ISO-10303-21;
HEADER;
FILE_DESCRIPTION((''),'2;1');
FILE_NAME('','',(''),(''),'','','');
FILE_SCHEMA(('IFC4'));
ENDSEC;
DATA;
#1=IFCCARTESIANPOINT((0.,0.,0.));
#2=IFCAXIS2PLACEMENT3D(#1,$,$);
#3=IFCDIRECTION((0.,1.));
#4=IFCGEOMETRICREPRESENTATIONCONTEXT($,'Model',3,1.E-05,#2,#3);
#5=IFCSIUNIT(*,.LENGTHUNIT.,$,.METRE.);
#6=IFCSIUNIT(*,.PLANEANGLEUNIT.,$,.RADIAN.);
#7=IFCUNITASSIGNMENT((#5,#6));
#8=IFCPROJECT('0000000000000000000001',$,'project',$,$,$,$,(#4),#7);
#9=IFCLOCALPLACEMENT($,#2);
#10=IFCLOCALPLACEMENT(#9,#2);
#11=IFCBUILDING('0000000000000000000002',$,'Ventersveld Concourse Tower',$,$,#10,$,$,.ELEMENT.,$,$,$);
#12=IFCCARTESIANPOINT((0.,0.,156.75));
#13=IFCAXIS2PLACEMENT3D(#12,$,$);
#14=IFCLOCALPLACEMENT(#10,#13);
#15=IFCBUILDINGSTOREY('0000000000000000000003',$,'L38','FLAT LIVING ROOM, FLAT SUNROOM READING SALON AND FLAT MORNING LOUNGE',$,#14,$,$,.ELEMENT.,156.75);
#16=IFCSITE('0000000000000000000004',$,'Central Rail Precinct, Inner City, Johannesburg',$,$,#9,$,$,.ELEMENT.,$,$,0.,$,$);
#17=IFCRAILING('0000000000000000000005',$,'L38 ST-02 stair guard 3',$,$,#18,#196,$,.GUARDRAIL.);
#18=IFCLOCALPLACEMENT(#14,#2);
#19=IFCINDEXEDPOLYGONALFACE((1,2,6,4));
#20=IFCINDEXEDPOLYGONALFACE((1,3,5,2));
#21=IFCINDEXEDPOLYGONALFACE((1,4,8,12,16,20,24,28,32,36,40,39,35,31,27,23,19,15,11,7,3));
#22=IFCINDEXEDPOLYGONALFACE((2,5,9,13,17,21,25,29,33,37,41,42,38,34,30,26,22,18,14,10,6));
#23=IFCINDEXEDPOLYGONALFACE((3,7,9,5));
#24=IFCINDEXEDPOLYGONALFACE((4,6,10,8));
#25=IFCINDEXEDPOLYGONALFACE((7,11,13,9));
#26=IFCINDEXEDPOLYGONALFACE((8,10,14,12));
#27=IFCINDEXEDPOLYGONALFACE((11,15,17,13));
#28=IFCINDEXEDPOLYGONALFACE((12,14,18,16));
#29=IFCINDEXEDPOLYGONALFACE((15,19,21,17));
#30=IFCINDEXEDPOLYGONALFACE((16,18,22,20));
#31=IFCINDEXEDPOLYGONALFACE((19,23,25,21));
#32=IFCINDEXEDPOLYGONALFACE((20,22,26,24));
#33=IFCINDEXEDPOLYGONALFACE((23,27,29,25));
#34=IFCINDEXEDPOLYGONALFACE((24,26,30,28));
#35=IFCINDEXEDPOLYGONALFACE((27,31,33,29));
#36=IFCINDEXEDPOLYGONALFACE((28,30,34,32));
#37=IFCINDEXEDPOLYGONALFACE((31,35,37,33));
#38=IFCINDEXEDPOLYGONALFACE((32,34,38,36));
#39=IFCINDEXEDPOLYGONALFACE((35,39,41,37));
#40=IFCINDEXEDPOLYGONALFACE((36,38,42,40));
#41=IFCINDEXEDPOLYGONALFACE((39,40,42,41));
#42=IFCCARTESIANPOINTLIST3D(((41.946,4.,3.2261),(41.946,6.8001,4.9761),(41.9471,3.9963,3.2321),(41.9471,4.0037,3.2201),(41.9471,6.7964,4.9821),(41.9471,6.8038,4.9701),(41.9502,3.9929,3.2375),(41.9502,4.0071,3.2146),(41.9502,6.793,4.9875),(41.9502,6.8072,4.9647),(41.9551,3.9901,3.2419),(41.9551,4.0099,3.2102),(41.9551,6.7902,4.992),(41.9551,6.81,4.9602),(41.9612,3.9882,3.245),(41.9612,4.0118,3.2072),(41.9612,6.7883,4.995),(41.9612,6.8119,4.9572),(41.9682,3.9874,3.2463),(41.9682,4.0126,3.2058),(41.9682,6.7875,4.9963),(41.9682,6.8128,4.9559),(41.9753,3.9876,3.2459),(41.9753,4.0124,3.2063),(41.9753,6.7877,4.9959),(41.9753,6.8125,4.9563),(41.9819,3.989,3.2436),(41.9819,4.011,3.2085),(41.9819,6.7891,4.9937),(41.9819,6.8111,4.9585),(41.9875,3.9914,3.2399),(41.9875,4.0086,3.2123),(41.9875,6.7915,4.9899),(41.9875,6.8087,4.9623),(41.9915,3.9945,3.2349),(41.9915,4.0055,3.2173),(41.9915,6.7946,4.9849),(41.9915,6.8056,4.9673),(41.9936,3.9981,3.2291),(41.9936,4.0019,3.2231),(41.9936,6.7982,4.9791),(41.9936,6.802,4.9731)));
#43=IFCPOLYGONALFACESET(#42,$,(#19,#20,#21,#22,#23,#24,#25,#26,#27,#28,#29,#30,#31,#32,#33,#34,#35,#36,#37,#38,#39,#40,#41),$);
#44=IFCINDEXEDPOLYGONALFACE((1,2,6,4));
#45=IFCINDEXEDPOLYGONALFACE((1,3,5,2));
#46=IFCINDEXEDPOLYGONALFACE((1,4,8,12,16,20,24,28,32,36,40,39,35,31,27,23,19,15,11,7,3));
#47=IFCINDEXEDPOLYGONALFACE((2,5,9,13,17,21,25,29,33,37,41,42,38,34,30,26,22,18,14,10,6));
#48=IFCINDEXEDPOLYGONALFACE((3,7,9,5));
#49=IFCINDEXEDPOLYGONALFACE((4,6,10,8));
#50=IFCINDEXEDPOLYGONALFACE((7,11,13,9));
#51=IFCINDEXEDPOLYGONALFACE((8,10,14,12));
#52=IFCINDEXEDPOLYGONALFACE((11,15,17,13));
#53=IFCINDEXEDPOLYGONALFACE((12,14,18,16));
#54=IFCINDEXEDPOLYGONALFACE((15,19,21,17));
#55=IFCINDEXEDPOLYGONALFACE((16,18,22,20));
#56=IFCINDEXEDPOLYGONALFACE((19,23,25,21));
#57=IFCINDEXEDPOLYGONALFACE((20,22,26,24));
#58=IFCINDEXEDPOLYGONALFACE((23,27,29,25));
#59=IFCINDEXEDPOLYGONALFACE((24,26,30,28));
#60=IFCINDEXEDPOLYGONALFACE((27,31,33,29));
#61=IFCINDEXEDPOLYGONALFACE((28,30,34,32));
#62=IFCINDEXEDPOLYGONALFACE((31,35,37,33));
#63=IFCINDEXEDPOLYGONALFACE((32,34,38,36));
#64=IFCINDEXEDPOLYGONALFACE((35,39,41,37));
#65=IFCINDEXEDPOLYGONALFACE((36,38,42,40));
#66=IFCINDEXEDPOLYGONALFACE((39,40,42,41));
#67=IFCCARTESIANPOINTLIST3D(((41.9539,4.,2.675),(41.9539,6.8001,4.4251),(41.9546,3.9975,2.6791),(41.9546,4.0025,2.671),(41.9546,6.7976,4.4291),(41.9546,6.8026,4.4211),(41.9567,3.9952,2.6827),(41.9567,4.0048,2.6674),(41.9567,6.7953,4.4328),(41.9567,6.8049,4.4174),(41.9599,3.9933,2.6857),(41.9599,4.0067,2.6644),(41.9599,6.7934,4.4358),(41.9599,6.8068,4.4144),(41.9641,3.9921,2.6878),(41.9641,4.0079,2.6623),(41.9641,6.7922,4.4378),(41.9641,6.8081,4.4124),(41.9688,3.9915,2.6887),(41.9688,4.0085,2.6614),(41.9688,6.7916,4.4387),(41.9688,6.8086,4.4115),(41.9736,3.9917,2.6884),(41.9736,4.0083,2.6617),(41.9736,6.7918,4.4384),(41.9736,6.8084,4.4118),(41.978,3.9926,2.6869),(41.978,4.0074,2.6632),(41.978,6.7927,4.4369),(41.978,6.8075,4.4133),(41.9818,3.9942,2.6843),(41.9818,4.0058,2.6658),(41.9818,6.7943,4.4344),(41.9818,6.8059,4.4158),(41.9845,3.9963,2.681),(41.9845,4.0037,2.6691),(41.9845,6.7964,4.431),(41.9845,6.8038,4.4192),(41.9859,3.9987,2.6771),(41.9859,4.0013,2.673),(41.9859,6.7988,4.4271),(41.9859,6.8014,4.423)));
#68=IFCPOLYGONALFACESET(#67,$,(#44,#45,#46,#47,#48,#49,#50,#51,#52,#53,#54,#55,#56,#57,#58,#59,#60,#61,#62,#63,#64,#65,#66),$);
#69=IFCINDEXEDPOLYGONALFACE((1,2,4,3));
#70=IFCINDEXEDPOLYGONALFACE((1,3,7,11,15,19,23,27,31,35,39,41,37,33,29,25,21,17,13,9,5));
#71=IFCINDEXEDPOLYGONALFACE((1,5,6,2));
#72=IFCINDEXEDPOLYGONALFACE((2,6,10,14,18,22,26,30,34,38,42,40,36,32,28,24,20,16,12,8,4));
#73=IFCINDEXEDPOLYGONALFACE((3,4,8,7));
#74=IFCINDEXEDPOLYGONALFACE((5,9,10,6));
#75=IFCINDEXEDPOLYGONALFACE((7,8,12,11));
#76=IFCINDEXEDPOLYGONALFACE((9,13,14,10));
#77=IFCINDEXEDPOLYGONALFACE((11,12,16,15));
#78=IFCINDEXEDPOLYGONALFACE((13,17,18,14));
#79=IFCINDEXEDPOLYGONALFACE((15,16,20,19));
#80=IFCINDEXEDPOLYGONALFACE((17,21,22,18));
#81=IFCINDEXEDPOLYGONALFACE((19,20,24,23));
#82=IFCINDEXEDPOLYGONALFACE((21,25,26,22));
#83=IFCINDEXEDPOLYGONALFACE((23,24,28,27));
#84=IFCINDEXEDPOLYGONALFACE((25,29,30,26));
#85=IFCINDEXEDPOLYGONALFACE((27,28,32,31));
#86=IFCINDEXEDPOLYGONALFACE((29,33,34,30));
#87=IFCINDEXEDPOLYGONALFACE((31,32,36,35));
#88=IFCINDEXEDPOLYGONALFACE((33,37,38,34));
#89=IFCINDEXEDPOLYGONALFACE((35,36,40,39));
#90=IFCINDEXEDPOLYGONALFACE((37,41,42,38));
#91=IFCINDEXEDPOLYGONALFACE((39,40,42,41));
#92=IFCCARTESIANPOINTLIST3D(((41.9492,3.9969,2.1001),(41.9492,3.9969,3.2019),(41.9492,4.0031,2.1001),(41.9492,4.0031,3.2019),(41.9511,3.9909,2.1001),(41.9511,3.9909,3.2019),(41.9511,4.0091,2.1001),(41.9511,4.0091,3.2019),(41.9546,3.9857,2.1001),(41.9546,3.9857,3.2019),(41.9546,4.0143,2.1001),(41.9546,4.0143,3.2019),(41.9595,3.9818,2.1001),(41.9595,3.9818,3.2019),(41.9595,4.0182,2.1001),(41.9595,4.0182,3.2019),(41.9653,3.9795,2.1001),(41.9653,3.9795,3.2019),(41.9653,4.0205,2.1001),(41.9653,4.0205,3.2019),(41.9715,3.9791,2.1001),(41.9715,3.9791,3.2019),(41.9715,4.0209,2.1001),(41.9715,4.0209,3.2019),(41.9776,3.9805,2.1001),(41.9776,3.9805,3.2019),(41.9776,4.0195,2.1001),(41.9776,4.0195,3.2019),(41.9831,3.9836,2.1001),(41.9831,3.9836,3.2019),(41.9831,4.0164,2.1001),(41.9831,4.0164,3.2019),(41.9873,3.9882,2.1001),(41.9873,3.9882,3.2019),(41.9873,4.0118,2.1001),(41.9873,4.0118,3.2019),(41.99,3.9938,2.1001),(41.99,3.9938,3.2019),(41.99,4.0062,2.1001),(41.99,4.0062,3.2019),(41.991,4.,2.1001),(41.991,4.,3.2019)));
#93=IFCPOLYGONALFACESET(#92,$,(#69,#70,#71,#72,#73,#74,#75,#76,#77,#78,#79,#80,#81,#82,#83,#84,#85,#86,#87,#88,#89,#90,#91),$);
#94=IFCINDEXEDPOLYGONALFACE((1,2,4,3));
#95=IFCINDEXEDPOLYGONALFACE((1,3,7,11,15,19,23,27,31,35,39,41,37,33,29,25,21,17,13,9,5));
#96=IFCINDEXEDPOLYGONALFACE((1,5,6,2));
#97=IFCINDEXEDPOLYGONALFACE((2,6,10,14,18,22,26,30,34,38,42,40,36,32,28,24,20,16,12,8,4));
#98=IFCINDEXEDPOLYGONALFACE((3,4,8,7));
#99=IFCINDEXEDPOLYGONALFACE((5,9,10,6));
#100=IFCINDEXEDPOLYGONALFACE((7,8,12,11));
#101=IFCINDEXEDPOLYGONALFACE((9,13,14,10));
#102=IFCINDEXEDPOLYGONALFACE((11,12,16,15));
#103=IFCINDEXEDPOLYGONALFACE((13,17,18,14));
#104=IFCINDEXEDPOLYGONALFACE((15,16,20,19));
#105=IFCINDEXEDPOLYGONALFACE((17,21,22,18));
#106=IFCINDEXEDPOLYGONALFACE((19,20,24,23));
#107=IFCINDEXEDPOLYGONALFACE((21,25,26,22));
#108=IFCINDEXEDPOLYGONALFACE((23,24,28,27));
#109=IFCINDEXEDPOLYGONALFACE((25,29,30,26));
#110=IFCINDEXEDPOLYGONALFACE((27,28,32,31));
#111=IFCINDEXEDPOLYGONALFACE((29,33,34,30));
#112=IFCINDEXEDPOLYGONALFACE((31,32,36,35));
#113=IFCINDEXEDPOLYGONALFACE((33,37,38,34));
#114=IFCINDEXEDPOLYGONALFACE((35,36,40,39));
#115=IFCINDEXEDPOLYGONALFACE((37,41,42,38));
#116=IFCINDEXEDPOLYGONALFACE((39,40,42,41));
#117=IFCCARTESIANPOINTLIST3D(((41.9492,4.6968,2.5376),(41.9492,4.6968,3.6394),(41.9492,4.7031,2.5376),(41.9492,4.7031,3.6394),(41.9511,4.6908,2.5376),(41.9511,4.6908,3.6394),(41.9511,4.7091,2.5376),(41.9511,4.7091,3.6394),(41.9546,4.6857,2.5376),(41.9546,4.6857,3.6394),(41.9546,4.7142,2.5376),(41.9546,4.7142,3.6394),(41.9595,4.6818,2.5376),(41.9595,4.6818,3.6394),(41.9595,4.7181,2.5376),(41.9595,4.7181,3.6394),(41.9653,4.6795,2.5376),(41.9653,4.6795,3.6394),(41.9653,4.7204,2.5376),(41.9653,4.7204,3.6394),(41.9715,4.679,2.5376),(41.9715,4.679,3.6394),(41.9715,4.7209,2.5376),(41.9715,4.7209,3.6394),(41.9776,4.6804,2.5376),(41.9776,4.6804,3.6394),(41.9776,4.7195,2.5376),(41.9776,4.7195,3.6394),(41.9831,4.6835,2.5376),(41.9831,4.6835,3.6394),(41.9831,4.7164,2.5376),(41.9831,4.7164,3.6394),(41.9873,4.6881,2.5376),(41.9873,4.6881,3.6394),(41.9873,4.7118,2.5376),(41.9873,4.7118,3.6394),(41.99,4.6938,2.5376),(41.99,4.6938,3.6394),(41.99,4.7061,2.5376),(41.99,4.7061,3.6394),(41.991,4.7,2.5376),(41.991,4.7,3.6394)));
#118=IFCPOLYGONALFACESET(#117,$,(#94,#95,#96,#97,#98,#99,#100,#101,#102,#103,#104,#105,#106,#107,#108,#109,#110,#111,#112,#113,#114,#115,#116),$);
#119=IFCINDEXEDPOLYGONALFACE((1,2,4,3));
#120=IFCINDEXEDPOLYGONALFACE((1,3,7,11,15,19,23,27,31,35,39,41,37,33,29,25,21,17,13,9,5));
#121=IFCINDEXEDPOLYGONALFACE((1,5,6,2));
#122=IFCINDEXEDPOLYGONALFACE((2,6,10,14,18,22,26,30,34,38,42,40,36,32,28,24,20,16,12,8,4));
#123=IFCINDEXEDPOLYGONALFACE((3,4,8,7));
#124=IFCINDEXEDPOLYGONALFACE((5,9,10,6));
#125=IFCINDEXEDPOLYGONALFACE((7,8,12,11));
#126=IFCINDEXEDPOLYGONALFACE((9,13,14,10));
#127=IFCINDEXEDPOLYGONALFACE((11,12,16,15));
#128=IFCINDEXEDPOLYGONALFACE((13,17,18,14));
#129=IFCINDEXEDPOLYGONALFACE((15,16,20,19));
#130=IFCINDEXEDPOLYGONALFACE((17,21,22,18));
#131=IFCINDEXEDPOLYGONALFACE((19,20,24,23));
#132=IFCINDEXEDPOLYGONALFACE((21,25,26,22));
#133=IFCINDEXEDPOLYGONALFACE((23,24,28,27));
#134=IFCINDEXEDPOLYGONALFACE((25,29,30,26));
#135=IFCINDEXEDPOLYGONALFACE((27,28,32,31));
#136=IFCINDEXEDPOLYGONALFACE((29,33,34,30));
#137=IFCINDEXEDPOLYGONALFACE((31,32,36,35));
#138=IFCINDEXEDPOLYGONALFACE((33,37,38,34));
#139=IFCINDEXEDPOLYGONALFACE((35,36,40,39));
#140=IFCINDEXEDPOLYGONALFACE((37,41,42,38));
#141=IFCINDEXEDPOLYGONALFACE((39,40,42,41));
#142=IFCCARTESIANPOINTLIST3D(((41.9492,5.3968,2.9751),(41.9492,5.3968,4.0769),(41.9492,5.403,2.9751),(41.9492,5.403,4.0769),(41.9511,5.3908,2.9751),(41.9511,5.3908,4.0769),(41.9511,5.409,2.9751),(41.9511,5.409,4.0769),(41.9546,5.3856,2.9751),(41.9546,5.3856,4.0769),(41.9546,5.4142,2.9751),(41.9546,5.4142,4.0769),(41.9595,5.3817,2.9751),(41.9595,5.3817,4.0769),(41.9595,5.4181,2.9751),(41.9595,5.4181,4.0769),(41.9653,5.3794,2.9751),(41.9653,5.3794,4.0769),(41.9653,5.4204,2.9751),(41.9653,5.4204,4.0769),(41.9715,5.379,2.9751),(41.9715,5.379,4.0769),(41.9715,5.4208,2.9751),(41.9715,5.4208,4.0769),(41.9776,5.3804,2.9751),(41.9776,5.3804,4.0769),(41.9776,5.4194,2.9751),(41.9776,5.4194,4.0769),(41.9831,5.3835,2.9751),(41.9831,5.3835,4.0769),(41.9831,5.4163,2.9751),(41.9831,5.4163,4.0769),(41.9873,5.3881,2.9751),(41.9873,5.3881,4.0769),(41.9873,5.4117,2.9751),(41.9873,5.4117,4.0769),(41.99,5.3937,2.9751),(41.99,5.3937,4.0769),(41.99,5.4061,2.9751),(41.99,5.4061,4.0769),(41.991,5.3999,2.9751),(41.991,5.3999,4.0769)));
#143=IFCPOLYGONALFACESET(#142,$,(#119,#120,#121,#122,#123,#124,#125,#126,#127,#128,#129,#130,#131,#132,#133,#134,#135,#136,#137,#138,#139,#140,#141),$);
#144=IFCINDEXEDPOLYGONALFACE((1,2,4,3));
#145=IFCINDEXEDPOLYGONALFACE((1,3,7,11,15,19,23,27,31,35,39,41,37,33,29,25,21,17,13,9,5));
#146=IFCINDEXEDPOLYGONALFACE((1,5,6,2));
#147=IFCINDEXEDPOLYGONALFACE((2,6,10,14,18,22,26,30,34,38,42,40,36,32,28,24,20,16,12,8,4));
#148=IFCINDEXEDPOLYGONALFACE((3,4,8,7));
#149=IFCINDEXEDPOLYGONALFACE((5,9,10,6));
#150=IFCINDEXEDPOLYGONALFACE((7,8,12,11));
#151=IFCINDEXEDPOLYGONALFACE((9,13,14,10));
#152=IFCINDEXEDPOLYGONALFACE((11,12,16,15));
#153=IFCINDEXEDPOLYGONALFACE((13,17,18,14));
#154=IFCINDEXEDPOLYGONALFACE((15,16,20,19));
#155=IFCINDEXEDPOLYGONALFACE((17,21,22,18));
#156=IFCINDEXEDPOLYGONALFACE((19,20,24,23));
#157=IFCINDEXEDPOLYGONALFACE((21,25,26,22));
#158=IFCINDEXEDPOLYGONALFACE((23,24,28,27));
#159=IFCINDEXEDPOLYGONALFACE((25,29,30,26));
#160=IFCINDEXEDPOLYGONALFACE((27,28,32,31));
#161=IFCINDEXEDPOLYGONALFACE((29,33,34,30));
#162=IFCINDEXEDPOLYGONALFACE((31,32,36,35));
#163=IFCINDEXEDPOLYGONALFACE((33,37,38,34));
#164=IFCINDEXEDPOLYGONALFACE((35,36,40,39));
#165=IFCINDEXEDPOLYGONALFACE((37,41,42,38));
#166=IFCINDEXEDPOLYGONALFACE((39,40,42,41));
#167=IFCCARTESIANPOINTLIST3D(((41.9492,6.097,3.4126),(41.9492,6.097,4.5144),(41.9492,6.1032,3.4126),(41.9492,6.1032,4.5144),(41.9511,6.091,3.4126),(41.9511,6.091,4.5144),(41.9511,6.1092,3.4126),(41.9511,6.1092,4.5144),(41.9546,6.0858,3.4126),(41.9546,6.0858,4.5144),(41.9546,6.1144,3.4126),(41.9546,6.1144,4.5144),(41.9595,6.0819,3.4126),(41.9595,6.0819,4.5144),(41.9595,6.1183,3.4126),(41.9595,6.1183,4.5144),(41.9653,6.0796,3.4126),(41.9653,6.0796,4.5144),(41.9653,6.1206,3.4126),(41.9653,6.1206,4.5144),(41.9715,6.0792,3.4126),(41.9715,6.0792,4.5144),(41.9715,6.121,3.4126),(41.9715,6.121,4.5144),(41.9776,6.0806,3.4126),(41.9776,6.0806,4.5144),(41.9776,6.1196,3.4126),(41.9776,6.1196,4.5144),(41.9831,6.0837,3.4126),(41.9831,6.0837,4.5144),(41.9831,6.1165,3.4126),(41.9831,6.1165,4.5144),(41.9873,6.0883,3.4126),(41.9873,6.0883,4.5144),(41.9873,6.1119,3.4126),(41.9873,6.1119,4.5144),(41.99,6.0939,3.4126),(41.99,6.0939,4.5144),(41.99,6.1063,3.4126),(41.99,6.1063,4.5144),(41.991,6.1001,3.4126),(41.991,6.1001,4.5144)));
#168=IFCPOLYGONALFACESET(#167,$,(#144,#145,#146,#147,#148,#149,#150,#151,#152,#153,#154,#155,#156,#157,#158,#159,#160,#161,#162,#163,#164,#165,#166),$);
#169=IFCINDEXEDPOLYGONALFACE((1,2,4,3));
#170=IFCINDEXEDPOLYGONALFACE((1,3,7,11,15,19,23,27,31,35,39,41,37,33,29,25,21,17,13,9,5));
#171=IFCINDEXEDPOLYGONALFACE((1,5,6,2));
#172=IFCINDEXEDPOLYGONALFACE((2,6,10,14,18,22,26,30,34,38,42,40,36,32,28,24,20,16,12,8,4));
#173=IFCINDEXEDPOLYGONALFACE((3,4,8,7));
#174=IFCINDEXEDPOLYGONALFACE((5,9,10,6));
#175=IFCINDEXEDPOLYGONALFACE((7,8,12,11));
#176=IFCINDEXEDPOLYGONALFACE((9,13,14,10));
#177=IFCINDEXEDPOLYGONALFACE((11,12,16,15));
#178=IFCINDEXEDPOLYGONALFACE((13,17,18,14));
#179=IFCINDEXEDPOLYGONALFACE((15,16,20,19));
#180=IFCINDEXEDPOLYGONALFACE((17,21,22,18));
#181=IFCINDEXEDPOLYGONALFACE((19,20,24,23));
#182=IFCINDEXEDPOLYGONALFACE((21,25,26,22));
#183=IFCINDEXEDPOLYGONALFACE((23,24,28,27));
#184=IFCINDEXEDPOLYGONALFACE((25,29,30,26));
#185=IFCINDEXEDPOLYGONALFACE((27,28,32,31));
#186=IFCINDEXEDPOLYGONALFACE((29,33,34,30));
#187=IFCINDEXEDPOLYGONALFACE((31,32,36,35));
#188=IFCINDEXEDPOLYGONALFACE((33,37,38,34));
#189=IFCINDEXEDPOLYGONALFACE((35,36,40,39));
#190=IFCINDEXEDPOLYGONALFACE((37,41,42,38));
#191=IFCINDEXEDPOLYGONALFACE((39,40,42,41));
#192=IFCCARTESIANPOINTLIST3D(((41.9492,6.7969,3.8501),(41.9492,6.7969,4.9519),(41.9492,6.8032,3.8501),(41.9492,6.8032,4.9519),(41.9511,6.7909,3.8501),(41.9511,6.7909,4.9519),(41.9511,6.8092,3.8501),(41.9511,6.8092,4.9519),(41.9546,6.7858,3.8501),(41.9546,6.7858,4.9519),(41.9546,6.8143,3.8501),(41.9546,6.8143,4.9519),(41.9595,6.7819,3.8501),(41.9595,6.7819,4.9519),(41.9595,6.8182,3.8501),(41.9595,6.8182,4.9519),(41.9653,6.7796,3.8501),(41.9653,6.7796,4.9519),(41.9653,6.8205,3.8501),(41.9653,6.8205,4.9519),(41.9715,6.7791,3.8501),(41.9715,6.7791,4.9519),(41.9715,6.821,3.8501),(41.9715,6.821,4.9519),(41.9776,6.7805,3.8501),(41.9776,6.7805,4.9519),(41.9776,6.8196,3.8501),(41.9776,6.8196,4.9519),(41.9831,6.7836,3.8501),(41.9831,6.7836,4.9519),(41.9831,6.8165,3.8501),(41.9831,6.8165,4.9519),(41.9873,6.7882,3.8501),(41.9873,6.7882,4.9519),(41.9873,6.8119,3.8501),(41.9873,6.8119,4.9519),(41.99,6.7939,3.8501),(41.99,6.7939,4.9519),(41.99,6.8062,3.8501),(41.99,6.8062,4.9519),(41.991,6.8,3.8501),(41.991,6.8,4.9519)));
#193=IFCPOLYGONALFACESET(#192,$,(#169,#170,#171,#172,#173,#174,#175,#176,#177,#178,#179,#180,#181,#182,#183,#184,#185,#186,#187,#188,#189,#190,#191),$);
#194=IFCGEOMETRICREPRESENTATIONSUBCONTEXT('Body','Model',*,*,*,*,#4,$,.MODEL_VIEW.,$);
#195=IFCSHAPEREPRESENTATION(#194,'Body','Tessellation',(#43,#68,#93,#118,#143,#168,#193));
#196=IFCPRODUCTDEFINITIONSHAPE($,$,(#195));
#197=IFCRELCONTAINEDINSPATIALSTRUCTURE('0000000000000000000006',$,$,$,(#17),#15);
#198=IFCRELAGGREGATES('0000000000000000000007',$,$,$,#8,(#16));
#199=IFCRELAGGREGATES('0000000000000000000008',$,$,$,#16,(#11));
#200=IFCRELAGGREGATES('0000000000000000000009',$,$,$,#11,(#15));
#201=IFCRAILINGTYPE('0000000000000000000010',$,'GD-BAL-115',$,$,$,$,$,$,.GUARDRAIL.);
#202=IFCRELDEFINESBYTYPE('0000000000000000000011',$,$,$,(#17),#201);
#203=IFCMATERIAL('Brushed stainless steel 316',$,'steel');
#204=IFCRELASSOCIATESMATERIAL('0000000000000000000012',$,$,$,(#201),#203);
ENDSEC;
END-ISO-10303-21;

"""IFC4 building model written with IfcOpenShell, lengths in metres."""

from ifc_helpers import new_model, si_unit, direction, frame, origin, origin_2d, place, context, subcontext, project, spatial, circle, extrude, material, type_object, element, save


model = new_model("IFC4")

# Units and contexts
model_context = context("Model", 3, precision=1e-05, world=origin(), true_north=direction((0.0, 1.0)))
body_context = subcontext(model_context, "Body", "Model", "MODEL_VIEW")
ifc_project = project(units=[si_unit("LENGTHUNIT", "METRE"), si_unit("PLANEANGLEUNIT", "RADIAN")], contexts=[model_context])

# Site, building, storey
site_placement = place(None, origin())
site = spatial("IfcSite", under=ifc_project, at=site_placement, Name="Central Rail Precinct, Inner City, Johannesburg", CompositionType="ELEMENT", RefElevation=0.0)
building_placement = place(site_placement, origin())
building = spatial("IfcBuilding", under=site, at=building_placement, Name="Ventersveld Concourse Tower", CompositionType="ELEMENT")
storey_placement = place(building_placement, frame((0.0, 0.0, 156.75)))
storey = spatial("IfcBuildingStorey", under=building, at=storey_placement, Name="L38", Description="FLAT LIVING ROOM, FLAT SUNROOM READING SALON AND FLAT MORNING LOUNGE", CompositionType="ELEMENT", Elevation=156.75)

# Shared definitions
ifc_material_1 = material(Name="Brushed stainless steel 316", Category="steel")

# Railing
railing_type_1 = type_object("IfcRailingType", Name="GD-BAL-115", PredefinedType="GUARDRAIL", material=ifc_material_1)
railing_1_placement = place(storey_placement, frame((41.97, 4.0, 2.1001)))
element("IfcRailing", 1, at=railing_1_placement, inside=storey, type_object=railing_type_1, Name="L38 ST-02 stair guard 3", PredefinedType="GUARDRAIL", context=body_context, shape_type="SweptSolid", body=[
    extrude(circle(Radius=0.0239, at=origin_2d()), frame((0.0, 0.0, 1.126), z_axis=(0.0, 0.848002, 0.529992), x_axis=(-1.0, 0.0, 0.0)), (0.0, 0.0, 1.0), 3.302),
    extrude(circle(Radius=0.0161, at=origin_2d()), frame((0.0, 0.0, 0.575), z_axis=(0.0, 0.848002, 0.529992), x_axis=(-1.0, 0.0, 0.0)), (0.0, 0.0, 1.0), 3.302),
    extrude(circle(Radius=0.021, at=origin_2d()), origin(), (0.0, 0.0, 1.0), 1.1018),
    extrude(circle(Radius=0.021, at=origin_2d()), frame((0.0, 0.7, 0.4375)), (0.0, 0.0, 1.0), 1.1018),
    extrude(circle(Radius=0.021, at=origin_2d()), frame((0.0, 1.3999, 0.875)), (0.0, 0.0, 1.0), 1.1018),
    extrude(circle(Radius=0.021, at=origin_2d()), frame((0.0, 2.1001, 1.3125)), (0.0, 0.0, 1.0), 1.1018),
    extrude(circle(Radius=0.021, at=origin_2d()), frame((0.0, 2.8, 1.75)), (0.0, 0.0, 1.0), 1.1018),
])

save(model, "model.ifc")
